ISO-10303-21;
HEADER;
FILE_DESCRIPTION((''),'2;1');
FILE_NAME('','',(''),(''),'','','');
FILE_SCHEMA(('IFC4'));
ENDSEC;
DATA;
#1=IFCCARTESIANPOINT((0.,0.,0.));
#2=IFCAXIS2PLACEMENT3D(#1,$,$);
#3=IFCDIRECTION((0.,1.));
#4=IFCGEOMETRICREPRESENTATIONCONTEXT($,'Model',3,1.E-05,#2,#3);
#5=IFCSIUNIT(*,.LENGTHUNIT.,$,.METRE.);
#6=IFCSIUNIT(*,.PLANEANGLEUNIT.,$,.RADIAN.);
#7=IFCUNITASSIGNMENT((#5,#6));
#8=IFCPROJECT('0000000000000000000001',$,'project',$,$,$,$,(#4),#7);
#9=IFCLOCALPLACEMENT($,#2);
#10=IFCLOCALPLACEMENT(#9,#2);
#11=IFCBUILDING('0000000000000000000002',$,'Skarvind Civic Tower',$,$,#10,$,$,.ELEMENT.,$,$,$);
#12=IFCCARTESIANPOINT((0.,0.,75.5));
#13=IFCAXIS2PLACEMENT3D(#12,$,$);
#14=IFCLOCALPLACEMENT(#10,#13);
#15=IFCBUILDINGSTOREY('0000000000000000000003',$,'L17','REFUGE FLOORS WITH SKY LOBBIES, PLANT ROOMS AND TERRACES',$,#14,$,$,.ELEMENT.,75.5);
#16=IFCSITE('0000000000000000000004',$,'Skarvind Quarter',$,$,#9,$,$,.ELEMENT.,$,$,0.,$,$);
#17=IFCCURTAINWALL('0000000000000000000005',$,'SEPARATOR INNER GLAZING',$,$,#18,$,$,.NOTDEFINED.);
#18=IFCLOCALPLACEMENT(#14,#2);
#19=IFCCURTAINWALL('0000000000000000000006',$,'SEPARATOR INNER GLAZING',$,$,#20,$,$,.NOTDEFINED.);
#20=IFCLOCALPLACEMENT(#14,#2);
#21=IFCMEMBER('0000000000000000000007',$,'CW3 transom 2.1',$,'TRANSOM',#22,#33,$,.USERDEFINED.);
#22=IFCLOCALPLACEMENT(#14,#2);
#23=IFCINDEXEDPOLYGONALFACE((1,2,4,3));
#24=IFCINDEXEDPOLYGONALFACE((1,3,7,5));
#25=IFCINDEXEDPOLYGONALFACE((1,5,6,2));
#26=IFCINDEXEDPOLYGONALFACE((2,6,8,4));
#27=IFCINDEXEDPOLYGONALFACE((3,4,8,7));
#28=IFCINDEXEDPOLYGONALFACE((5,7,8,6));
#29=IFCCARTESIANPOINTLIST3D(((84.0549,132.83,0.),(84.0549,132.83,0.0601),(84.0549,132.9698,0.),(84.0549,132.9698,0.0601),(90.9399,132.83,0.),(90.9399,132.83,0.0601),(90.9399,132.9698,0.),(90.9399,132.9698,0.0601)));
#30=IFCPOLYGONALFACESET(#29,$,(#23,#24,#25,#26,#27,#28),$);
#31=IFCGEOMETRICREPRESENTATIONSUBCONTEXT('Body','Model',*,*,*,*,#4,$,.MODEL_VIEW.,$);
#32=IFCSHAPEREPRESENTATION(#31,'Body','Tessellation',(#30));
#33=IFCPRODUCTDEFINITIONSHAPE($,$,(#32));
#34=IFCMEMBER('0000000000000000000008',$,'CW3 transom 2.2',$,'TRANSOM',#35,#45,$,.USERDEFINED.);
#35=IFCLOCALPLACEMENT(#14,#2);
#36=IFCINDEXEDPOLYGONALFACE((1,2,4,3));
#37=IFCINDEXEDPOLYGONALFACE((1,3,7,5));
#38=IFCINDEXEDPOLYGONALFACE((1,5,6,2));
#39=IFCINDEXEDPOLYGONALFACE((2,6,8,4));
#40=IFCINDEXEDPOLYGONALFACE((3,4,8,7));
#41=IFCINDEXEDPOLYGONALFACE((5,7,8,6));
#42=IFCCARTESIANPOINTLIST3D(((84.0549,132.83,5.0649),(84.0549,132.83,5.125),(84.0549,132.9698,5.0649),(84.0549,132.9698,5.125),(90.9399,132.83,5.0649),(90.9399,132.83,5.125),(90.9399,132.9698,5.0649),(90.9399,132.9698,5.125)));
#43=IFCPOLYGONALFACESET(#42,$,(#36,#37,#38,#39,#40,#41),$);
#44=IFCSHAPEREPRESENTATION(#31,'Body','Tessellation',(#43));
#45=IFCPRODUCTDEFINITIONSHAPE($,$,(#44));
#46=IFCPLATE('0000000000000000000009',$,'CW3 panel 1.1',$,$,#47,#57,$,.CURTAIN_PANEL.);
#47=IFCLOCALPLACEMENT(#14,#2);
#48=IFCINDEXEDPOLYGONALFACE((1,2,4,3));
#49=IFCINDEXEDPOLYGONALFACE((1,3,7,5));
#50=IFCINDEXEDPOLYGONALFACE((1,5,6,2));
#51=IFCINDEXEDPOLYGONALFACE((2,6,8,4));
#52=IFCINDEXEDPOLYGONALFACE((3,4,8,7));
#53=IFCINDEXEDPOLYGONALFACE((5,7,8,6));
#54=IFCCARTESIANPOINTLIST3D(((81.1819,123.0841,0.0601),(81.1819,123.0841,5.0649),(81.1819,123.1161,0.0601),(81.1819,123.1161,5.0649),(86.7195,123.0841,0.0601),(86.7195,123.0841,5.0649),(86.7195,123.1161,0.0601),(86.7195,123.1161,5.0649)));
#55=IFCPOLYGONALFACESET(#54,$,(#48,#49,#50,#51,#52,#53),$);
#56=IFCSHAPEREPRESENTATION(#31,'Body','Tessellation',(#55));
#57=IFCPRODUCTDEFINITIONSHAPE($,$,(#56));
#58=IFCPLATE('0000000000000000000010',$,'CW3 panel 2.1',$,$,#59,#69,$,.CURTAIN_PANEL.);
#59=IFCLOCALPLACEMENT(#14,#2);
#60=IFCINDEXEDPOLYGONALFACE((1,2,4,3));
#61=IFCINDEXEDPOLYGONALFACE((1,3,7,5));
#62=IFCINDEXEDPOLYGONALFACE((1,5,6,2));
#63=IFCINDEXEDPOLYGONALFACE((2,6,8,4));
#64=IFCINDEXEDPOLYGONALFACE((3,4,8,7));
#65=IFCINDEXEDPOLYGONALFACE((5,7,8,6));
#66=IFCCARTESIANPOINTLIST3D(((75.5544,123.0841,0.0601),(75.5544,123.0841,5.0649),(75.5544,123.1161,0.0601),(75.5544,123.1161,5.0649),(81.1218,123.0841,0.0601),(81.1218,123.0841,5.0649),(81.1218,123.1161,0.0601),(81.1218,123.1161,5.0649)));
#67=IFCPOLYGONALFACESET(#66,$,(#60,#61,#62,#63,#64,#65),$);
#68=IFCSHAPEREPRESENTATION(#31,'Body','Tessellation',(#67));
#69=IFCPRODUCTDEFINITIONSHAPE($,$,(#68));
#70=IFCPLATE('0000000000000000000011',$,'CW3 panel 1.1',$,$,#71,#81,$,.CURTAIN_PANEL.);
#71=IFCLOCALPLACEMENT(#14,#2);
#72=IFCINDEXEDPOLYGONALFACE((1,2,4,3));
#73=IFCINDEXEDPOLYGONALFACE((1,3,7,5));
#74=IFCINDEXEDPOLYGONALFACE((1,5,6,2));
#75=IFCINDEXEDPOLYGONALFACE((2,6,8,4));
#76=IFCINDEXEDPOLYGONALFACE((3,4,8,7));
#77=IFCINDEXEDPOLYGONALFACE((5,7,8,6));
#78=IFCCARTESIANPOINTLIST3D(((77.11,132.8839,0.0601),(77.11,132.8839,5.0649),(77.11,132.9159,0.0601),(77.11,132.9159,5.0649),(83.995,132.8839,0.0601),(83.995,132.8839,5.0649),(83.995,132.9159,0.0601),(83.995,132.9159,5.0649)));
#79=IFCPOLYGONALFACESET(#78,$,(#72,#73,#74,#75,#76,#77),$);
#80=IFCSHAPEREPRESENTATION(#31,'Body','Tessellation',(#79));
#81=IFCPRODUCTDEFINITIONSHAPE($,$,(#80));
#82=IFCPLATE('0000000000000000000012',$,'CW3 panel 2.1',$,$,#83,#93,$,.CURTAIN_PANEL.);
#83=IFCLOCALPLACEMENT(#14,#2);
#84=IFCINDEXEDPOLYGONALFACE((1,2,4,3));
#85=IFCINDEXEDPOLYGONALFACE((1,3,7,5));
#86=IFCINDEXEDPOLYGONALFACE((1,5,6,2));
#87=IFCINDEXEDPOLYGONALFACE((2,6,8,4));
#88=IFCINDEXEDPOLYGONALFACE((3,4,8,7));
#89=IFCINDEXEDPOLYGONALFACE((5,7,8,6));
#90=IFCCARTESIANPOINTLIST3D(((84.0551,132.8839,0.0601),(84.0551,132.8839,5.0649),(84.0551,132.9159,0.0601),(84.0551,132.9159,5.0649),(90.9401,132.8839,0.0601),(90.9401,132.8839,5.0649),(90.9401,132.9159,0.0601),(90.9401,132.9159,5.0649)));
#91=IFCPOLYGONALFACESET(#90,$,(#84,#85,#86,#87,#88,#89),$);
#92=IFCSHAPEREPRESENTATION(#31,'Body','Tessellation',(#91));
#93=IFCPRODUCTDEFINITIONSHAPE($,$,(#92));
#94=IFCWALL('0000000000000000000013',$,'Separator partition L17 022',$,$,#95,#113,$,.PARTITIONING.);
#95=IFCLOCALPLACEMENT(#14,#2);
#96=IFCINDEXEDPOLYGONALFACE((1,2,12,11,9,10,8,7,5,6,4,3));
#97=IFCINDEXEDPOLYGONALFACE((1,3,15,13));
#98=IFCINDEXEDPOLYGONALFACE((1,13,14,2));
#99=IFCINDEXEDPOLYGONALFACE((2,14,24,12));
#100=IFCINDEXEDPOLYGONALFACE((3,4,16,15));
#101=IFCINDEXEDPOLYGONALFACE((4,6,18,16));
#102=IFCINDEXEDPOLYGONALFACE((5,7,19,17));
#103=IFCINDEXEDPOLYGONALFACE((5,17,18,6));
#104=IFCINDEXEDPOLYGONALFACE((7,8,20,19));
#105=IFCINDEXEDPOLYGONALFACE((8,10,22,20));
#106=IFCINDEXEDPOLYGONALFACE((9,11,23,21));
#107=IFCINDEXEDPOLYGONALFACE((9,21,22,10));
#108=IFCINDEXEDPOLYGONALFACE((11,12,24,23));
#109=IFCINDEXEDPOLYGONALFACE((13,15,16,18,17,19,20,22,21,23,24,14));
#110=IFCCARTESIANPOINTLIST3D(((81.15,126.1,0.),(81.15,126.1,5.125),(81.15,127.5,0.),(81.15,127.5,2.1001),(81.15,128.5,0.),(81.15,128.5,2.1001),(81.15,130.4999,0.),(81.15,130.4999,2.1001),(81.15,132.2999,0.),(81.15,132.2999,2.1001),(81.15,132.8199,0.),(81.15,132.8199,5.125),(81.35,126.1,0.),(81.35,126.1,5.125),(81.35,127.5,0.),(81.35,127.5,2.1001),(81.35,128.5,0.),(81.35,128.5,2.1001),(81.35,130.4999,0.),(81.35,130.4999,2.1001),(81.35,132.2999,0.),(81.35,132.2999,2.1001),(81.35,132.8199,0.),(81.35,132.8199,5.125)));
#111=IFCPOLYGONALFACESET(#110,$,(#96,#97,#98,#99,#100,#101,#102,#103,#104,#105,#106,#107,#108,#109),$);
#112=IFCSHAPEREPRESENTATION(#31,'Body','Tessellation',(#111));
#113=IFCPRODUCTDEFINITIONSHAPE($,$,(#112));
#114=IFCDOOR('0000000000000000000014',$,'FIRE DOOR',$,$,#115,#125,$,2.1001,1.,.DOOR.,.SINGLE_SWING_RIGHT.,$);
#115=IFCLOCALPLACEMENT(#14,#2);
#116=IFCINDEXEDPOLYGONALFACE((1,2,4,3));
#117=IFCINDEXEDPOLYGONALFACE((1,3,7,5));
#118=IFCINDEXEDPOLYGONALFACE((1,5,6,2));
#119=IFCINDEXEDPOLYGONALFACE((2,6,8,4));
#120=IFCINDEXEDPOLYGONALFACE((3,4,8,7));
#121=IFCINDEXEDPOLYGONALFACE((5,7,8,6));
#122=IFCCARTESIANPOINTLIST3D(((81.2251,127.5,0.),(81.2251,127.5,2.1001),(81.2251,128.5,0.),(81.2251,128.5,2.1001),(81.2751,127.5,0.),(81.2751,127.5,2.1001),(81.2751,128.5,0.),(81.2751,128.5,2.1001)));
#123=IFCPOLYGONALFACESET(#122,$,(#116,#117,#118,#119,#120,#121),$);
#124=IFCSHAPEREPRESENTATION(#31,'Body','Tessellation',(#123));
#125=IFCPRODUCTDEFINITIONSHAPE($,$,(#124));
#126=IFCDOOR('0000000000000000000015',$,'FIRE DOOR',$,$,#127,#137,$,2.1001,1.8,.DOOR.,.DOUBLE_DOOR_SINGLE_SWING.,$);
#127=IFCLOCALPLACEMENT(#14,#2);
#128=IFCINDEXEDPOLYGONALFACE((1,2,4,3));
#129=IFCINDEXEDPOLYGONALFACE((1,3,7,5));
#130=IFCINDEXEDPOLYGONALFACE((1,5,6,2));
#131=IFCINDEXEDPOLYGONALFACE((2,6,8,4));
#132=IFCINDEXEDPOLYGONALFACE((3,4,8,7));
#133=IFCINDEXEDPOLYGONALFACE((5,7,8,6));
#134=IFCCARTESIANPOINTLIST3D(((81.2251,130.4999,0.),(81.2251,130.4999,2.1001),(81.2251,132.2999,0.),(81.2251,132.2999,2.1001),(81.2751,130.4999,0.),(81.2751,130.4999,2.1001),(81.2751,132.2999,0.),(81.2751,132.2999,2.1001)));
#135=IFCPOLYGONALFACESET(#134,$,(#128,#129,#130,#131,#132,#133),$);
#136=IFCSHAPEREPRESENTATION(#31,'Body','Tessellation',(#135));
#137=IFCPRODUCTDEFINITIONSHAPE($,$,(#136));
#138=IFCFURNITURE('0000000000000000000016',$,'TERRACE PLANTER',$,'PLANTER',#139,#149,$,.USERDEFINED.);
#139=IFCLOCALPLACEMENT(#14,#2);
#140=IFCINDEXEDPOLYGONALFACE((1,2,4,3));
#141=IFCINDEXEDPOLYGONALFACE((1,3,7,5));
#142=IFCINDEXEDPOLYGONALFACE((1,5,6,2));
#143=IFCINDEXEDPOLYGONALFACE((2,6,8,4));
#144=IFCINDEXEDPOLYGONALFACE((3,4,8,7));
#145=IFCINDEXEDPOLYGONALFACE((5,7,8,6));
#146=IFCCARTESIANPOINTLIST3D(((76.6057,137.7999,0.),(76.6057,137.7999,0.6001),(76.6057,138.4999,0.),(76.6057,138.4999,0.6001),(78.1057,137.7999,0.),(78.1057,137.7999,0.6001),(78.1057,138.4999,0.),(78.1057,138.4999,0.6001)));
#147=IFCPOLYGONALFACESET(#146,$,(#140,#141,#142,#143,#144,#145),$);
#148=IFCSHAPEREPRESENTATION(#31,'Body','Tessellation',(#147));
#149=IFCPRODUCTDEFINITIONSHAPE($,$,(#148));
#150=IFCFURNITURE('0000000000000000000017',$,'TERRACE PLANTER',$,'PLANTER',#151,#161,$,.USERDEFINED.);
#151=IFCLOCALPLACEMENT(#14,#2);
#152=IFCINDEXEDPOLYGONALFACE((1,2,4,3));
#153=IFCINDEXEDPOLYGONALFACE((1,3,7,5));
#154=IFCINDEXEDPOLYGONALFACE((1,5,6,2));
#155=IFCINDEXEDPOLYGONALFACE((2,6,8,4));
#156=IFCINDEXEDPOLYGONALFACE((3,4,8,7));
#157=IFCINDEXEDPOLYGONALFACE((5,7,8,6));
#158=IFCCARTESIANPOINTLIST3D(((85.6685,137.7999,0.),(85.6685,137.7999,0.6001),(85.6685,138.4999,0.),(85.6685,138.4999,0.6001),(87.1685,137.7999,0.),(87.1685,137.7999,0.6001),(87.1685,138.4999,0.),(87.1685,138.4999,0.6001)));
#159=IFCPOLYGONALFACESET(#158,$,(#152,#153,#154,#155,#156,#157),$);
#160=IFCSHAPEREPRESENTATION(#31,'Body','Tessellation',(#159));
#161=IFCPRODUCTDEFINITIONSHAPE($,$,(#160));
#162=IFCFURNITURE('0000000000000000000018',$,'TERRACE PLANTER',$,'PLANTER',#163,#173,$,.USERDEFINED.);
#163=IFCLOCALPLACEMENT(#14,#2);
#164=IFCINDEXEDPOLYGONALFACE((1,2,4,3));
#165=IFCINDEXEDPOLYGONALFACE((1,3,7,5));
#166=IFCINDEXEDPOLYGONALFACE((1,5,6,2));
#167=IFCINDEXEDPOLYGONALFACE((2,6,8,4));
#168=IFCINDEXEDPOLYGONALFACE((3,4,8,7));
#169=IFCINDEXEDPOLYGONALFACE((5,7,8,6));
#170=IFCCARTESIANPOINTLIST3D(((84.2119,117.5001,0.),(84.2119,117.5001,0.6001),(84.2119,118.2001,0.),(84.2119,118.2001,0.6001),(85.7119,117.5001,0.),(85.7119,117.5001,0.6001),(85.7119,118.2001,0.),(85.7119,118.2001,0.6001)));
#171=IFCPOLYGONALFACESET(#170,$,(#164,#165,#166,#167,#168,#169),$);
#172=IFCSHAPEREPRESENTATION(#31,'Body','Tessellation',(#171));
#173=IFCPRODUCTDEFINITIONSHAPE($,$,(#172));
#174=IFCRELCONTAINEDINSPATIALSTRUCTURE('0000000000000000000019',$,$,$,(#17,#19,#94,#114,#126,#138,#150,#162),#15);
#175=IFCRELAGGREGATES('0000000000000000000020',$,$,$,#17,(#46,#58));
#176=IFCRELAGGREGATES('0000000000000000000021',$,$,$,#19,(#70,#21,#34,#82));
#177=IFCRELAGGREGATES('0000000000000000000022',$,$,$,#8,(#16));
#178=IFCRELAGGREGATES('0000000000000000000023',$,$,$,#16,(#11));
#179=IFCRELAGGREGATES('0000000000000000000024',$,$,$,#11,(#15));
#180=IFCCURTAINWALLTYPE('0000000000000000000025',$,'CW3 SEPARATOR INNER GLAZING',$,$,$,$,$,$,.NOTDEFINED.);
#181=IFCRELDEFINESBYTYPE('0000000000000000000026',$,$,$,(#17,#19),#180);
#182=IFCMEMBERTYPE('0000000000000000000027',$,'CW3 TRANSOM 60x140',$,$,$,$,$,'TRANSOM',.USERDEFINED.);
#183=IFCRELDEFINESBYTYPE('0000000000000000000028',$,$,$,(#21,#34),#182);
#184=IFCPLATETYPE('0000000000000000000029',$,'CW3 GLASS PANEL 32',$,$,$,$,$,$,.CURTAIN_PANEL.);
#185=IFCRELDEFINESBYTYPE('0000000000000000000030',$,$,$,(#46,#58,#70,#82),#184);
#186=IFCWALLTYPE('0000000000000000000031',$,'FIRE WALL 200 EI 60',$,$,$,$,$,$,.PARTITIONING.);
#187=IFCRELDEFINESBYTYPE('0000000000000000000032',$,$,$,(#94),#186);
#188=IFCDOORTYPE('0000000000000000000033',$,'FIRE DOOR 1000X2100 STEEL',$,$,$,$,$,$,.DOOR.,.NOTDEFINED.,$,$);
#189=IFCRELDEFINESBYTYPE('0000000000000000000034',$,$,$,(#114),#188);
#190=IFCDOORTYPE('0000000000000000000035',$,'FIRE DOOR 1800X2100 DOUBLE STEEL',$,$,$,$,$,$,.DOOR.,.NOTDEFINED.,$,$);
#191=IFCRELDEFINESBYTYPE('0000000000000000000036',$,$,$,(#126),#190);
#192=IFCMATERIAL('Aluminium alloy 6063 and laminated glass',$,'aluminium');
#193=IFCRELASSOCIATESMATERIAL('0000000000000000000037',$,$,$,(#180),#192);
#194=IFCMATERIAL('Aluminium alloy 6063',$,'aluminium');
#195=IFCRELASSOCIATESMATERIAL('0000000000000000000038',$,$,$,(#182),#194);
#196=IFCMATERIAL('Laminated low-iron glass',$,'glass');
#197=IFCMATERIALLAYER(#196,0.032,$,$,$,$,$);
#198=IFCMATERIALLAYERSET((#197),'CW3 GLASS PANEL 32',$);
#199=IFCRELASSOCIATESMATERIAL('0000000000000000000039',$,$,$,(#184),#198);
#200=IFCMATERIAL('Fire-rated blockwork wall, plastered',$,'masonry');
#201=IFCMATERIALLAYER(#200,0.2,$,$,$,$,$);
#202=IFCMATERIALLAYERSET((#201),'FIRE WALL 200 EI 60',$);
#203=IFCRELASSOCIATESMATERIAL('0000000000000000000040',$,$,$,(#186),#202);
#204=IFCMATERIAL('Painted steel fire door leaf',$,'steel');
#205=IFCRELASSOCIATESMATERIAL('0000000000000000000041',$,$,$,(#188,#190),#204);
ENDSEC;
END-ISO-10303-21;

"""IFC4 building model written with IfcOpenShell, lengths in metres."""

from ifc_helpers import new_model, si_unit, direction, frame, frame_2d, origin, origin_2d, place, context, subcontext, project, spatial, rectangle, extrude, material, layer, layer_set, material_profile, profile_set, type_object, element, fill, aggregate, save


model = new_model("IFC4")

# Units and contexts
model_context = context("Model", 3, precision=1e-05, world=origin(), true_north=direction((0.0, 1.0)))
body_context = subcontext(model_context, "Body", "Model", "MODEL_VIEW")
ifc_project = project(units=[si_unit("LENGTHUNIT", "METRE"), si_unit("PLANEANGLEUNIT", "RADIAN")], contexts=[model_context])

# Site, building, storey
site_placement = place(None, origin())
site = spatial("IfcSite", under=ifc_project, at=site_placement, Name="Skarvind Quarter", CompositionType="ELEMENT", RefElevation=0.0)
building_placement = place(site_placement, origin())
building = spatial("IfcBuilding", under=site, at=building_placement, Name="Skarvind Civic Tower", CompositionType="ELEMENT")
storey_placement = place(building_placement, frame((0.0, 0.0, 75.5)))
storey = spatial("IfcBuildingStorey", under=building, at=storey_placement, Name="L17", Description="REFUGE FLOORS WITH SKY LOBBIES, PLANT ROOMS AND TERRACES", CompositionType="ELEMENT", Elevation=75.5)

# Curtain walls
ifc_material_1 = material(Name="Aluminium alloy 6063 and laminated glass", Category="aluminium")
curtain_wall_type = type_object("IfcCurtainWallType", Name="CW3 SEPARATOR INNER GLAZING", PredefinedType="NOTDEFINED", material=ifc_material_1)
curtain_wall_1_placement = place(storey_placement, origin())
curtain_wall_1 = element("IfcCurtainWall", 1, at=curtain_wall_1_placement, inside=storey, type_object=curtain_wall_type, Name="SEPARATOR INNER GLAZING", PredefinedType="NOTDEFINED")
ifc_material_2 = material(Name="Aluminium alloy 6063", Category="aluminium")
curtain_wall_2_placement = place(storey_placement, origin())
curtain_wall_2 = element("IfcCurtainWall", 2, at=curtain_wall_2_placement, inside=storey, type_object=curtain_wall_type, Name="SEPARATOR INNER GLAZING", PredefinedType="NOTDEFINED")

# Members
ifc_material_profile_1 = material_profile(ifc_material_2, rectangle(XDim=0.1399, YDim=0.0601, at=origin_2d()), Name="AL 60x140")
ifc_profile_set_1 = profile_set([ifc_material_profile_1], Name="Aluminium alloy 6063")
member_type_1 = type_object("IfcMemberType", Name="CW3 TRANSOM 60x140", ElementType="TRANSOM", PredefinedType="USERDEFINED", material=ifc_profile_set_1)
member_1_placement = place(storey_placement, frame((84.0549, 132.8999, 0.03), z_axis=(1.0, 0.0, 0.0), x_axis=(0.0, 1.0, 0.0)))
member_1 = element("IfcMember", 3, at=member_1_placement, type_object=member_type_1, Name="CW3 transom 2.1", ObjectType="TRANSOM", PredefinedType="USERDEFINED", context=body_context, shape_type="SweptSolid", body=[
    extrude(rectangle(XDim=0.1399, YDim=0.0601, at=origin_2d()), origin(), (0.0, 0.0, 1.0), 6.885),
])
member_2_placement = place(storey_placement, frame((84.0549, 132.8999, 5.095), z_axis=(1.0, 0.0, 0.0), x_axis=(0.0, 1.0, 0.0)))
member_2 = element("IfcMember", 4, at=member_2_placement, type_object=member_type_1, Name="CW3 transom 2.2", ObjectType="TRANSOM", PredefinedType="USERDEFINED", context=body_context, shape_type="SweptSolid", body=[
    extrude(rectangle(XDim=0.1399, YDim=0.0601, at=origin_2d()), origin(), (0.0, 0.0, 1.0), 6.885),
])

# Plates
ifc_material_3 = material(Name="Laminated low-iron glass", Category="glass")
ifc_layer_1 = layer(ifc_material_3, 0.032)
ifc_layer_set_1 = layer_set([ifc_layer_1], Name="CW3 GLASS PANEL 32")
plate_type = type_object("IfcPlateType", Name="CW3 GLASS PANEL 32", PredefinedType="CURTAIN_PANEL", material=ifc_layer_set_1)
plate_1_placement = place(storey_placement, frame((83.9507, 123.1001, 0.0601), z_axis=(0.0, 0.0, 1.0), x_axis=(-1.0, 0.0, 0.0)))
plate_1 = element("IfcPlate", 5, at=plate_1_placement, type_object=plate_type, Name="CW3 panel 1.1", PredefinedType="CURTAIN_PANEL", context=body_context, shape_type="SweptSolid", body=[
    extrude(rectangle(XDim=5.5376, YDim=0.032, at=origin_2d()), origin(), (0.0, 0.0, 1.0), 5.0049),
])
plate_2_placement = place(storey_placement, frame((78.3381, 123.1001, 0.0601), z_axis=(0.0, 0.0, 1.0), x_axis=(-1.0, 0.0, 0.0)))
plate_2 = element("IfcPlate", 6, at=plate_2_placement, type_object=plate_type, Name="CW3 panel 2.1", PredefinedType="CURTAIN_PANEL", context=body_context, shape_type="SweptSolid", body=[
    extrude(rectangle(XDim=5.5674, YDim=0.032, at=origin_2d()), origin(), (0.0, 0.0, 1.0), 5.0049),
])
aggregate(curtain_wall_1, [plate_1, plate_2])
plate_3_placement = place(storey_placement, frame((80.5525, 132.8999, 0.0601), z_axis=(0.0, 0.0, 1.0), x_axis=(1.0, 0.0, 0.0)))
plate_3 = element("IfcPlate", 7, at=plate_3_placement, type_object=plate_type, Name="CW3 panel 1.1", PredefinedType="CURTAIN_PANEL", context=body_context, shape_type="SweptSolid", body=[
    extrude(rectangle(XDim=6.885, YDim=0.032, at=origin_2d()), origin(), (0.0, 0.0, 1.0), 5.0049),
])
plate_4_placement = place(storey_placement, frame((87.4976, 132.8999, 0.0601), z_axis=(0.0, 0.0, 1.0), x_axis=(1.0, 0.0, 0.0)))
plate_4 = element("IfcPlate", 8, at=plate_4_placement, type_object=plate_type, Name="CW3 panel 2.1", PredefinedType="CURTAIN_PANEL", context=body_context, shape_type="SweptSolid", body=[
    extrude(rectangle(XDim=6.885, YDim=0.032, at=origin_2d()), origin(), (0.0, 0.0, 1.0), 5.0049),
])
aggregate(curtain_wall_2, [plate_3, member_1, member_2, plate_4])

# Wall, openings, doors
ifc_material_4 = material(Name="Fire-rated blockwork wall, plastered", Category="masonry")
ifc_layer_2 = layer(ifc_material_4, 0.2)
ifc_layer_set_2 = layer_set([ifc_layer_2], Name="FIRE WALL 200 EI 60")
wall_type = type_object("IfcWallType", Name="FIRE WALL 200 EI 60", PredefinedType="PARTITIONING", material=ifc_layer_set_2)
wall_placement = place(storey_placement, frame((81.25, 126.1001, 0.0), z_axis=(0.0, 0.0, 1.0), x_axis=(0.0, 1.0, 0.0)))
wall = element("IfcWall", 9, at=wall_placement, inside=storey, type_object=wall_type, Name="Separator partition L17 022", PredefinedType="PARTITIONING", context=body_context, shape_type="SweptSolid", body=[
    extrude(rectangle(XDim=6.72, YDim=0.2, at=frame_2d((3.3599, 0.0))), origin(), (0.0, 0.0, 1.0), 5.125),
])
opening_1_placement = place(wall_placement, frame((1.3999, 0.0, 0.0)))
opening_1 = element("IfcOpeningElement", 10, at=opening_1_placement, cuts=wall, PredefinedType="OPENING", context=body_context, shape_type="SweptSolid", body=[
    extrude(rectangle(XDim=1.0, YDim=2.1001, at=frame_2d((0.5, 1.05))), frame((0.0, 0.1099, 0.0), z_axis=(0.0, -1.0, 0.0), x_axis=(1.0, 0.0, 0.0)), (0.0, 0.0, 1.0), 0.22),
])
opening_2_placement = place(wall_placement, frame((4.3999, 0.0, 0.0)))
opening_2 = element("IfcOpeningElement", 11, at=opening_2_placement, cuts=wall, PredefinedType="OPENING", context=body_context, shape_type="SweptSolid", body=[
    extrude(rectangle(XDim=1.8, YDim=2.1001, at=frame_2d((0.8999, 1.05))), frame((0.0, 0.1099, 0.0), z_axis=(0.0, -1.0, 0.0), x_axis=(1.0, 0.0, 0.0)), (0.0, 0.0, 1.0), 0.22),
])
ifc_material_5 = material(Name="Painted steel fire door leaf", Category="steel")
door_type_1 = type_object("IfcDoorType", Name="FIRE DOOR 1000X2100 STEEL", OperationType="NOTDEFINED", PredefinedType="DOOR", material=ifc_material_5)
door_1_placement = place(opening_1_placement, origin())
door_1 = element("IfcDoor", 12, at=door_1_placement, inside=storey, type_object=door_type_1, Name="FIRE DOOR", OperationType="SINGLE_SWING_RIGHT", OverallHeight=2.1001, OverallWidth=1.0, PredefinedType="DOOR", context=body_context, shape_type="SweptSolid", body=[
    extrude(rectangle(XDim=1.0, YDim=2.1001, at=frame_2d((0.5, 1.05))), frame((0.0, 0.0249, 0.0), z_axis=(0.0, -1.0, 0.0), x_axis=(1.0, 0.0, 0.0)), (0.0, 0.0, 1.0), 0.05),
])
fill(opening_1, door_1)
door_type_2 = type_object("IfcDoorType", Name="FIRE DOOR 1800X2100 DOUBLE STEEL", OperationType="NOTDEFINED", PredefinedType="DOOR", material=ifc_material_5)
door_2_placement = place(opening_2_placement, origin())
door_2 = element("IfcDoor", 13, at=door_2_placement, inside=storey, type_object=door_type_2, Name="FIRE DOOR", OperationType="DOUBLE_DOOR_SINGLE_SWING", OverallHeight=2.1001, OverallWidth=1.8, PredefinedType="DOOR", context=body_context, shape_type="SweptSolid", body=[
    extrude(rectangle(XDim=1.8, YDim=2.1001, at=frame_2d((0.8999, 1.05))), frame((0.0, 0.0249, 0.0), z_axis=(0.0, -1.0, 0.0), x_axis=(1.0, 0.0, 0.0)), (0.0, 0.0, 1.0), 0.05),
])
fill(opening_2, door_2)

# Furniture
for number, where, z_axis, x_axis, name in (
    (14, (77.3557, 138.1499, 0.0), (0.0, 0.0, 1.0), (1.0, 0.0, 0.0), "TERRACE PLANTER"),
    (15, (86.4185, 138.1499, 0.0), (0.0, 0.0, 1.0), (1.0, 0.0, 0.0), "TERRACE PLANTER"),
    (16, (84.9619, 117.8501, 0.0), (0.0, 0.0, 1.0), (-1.0, 0.0, 0.0), "TERRACE PLANTER"),
):
    element("IfcFurniture", number, at=place(storey_placement, frame(where, z_axis=z_axis, x_axis=x_axis)), inside=storey, Name=name, ObjectType="PLANTER", PredefinedType="USERDEFINED", context=body_context, shape_type="SweptSolid", body=[
        extrude(rectangle(XDim=1.5, YDim=0.7, at=origin_2d()), origin(), (0.0, 0.0, 1.0), 0.6001),
    ])

save(model, "model.ifc")
